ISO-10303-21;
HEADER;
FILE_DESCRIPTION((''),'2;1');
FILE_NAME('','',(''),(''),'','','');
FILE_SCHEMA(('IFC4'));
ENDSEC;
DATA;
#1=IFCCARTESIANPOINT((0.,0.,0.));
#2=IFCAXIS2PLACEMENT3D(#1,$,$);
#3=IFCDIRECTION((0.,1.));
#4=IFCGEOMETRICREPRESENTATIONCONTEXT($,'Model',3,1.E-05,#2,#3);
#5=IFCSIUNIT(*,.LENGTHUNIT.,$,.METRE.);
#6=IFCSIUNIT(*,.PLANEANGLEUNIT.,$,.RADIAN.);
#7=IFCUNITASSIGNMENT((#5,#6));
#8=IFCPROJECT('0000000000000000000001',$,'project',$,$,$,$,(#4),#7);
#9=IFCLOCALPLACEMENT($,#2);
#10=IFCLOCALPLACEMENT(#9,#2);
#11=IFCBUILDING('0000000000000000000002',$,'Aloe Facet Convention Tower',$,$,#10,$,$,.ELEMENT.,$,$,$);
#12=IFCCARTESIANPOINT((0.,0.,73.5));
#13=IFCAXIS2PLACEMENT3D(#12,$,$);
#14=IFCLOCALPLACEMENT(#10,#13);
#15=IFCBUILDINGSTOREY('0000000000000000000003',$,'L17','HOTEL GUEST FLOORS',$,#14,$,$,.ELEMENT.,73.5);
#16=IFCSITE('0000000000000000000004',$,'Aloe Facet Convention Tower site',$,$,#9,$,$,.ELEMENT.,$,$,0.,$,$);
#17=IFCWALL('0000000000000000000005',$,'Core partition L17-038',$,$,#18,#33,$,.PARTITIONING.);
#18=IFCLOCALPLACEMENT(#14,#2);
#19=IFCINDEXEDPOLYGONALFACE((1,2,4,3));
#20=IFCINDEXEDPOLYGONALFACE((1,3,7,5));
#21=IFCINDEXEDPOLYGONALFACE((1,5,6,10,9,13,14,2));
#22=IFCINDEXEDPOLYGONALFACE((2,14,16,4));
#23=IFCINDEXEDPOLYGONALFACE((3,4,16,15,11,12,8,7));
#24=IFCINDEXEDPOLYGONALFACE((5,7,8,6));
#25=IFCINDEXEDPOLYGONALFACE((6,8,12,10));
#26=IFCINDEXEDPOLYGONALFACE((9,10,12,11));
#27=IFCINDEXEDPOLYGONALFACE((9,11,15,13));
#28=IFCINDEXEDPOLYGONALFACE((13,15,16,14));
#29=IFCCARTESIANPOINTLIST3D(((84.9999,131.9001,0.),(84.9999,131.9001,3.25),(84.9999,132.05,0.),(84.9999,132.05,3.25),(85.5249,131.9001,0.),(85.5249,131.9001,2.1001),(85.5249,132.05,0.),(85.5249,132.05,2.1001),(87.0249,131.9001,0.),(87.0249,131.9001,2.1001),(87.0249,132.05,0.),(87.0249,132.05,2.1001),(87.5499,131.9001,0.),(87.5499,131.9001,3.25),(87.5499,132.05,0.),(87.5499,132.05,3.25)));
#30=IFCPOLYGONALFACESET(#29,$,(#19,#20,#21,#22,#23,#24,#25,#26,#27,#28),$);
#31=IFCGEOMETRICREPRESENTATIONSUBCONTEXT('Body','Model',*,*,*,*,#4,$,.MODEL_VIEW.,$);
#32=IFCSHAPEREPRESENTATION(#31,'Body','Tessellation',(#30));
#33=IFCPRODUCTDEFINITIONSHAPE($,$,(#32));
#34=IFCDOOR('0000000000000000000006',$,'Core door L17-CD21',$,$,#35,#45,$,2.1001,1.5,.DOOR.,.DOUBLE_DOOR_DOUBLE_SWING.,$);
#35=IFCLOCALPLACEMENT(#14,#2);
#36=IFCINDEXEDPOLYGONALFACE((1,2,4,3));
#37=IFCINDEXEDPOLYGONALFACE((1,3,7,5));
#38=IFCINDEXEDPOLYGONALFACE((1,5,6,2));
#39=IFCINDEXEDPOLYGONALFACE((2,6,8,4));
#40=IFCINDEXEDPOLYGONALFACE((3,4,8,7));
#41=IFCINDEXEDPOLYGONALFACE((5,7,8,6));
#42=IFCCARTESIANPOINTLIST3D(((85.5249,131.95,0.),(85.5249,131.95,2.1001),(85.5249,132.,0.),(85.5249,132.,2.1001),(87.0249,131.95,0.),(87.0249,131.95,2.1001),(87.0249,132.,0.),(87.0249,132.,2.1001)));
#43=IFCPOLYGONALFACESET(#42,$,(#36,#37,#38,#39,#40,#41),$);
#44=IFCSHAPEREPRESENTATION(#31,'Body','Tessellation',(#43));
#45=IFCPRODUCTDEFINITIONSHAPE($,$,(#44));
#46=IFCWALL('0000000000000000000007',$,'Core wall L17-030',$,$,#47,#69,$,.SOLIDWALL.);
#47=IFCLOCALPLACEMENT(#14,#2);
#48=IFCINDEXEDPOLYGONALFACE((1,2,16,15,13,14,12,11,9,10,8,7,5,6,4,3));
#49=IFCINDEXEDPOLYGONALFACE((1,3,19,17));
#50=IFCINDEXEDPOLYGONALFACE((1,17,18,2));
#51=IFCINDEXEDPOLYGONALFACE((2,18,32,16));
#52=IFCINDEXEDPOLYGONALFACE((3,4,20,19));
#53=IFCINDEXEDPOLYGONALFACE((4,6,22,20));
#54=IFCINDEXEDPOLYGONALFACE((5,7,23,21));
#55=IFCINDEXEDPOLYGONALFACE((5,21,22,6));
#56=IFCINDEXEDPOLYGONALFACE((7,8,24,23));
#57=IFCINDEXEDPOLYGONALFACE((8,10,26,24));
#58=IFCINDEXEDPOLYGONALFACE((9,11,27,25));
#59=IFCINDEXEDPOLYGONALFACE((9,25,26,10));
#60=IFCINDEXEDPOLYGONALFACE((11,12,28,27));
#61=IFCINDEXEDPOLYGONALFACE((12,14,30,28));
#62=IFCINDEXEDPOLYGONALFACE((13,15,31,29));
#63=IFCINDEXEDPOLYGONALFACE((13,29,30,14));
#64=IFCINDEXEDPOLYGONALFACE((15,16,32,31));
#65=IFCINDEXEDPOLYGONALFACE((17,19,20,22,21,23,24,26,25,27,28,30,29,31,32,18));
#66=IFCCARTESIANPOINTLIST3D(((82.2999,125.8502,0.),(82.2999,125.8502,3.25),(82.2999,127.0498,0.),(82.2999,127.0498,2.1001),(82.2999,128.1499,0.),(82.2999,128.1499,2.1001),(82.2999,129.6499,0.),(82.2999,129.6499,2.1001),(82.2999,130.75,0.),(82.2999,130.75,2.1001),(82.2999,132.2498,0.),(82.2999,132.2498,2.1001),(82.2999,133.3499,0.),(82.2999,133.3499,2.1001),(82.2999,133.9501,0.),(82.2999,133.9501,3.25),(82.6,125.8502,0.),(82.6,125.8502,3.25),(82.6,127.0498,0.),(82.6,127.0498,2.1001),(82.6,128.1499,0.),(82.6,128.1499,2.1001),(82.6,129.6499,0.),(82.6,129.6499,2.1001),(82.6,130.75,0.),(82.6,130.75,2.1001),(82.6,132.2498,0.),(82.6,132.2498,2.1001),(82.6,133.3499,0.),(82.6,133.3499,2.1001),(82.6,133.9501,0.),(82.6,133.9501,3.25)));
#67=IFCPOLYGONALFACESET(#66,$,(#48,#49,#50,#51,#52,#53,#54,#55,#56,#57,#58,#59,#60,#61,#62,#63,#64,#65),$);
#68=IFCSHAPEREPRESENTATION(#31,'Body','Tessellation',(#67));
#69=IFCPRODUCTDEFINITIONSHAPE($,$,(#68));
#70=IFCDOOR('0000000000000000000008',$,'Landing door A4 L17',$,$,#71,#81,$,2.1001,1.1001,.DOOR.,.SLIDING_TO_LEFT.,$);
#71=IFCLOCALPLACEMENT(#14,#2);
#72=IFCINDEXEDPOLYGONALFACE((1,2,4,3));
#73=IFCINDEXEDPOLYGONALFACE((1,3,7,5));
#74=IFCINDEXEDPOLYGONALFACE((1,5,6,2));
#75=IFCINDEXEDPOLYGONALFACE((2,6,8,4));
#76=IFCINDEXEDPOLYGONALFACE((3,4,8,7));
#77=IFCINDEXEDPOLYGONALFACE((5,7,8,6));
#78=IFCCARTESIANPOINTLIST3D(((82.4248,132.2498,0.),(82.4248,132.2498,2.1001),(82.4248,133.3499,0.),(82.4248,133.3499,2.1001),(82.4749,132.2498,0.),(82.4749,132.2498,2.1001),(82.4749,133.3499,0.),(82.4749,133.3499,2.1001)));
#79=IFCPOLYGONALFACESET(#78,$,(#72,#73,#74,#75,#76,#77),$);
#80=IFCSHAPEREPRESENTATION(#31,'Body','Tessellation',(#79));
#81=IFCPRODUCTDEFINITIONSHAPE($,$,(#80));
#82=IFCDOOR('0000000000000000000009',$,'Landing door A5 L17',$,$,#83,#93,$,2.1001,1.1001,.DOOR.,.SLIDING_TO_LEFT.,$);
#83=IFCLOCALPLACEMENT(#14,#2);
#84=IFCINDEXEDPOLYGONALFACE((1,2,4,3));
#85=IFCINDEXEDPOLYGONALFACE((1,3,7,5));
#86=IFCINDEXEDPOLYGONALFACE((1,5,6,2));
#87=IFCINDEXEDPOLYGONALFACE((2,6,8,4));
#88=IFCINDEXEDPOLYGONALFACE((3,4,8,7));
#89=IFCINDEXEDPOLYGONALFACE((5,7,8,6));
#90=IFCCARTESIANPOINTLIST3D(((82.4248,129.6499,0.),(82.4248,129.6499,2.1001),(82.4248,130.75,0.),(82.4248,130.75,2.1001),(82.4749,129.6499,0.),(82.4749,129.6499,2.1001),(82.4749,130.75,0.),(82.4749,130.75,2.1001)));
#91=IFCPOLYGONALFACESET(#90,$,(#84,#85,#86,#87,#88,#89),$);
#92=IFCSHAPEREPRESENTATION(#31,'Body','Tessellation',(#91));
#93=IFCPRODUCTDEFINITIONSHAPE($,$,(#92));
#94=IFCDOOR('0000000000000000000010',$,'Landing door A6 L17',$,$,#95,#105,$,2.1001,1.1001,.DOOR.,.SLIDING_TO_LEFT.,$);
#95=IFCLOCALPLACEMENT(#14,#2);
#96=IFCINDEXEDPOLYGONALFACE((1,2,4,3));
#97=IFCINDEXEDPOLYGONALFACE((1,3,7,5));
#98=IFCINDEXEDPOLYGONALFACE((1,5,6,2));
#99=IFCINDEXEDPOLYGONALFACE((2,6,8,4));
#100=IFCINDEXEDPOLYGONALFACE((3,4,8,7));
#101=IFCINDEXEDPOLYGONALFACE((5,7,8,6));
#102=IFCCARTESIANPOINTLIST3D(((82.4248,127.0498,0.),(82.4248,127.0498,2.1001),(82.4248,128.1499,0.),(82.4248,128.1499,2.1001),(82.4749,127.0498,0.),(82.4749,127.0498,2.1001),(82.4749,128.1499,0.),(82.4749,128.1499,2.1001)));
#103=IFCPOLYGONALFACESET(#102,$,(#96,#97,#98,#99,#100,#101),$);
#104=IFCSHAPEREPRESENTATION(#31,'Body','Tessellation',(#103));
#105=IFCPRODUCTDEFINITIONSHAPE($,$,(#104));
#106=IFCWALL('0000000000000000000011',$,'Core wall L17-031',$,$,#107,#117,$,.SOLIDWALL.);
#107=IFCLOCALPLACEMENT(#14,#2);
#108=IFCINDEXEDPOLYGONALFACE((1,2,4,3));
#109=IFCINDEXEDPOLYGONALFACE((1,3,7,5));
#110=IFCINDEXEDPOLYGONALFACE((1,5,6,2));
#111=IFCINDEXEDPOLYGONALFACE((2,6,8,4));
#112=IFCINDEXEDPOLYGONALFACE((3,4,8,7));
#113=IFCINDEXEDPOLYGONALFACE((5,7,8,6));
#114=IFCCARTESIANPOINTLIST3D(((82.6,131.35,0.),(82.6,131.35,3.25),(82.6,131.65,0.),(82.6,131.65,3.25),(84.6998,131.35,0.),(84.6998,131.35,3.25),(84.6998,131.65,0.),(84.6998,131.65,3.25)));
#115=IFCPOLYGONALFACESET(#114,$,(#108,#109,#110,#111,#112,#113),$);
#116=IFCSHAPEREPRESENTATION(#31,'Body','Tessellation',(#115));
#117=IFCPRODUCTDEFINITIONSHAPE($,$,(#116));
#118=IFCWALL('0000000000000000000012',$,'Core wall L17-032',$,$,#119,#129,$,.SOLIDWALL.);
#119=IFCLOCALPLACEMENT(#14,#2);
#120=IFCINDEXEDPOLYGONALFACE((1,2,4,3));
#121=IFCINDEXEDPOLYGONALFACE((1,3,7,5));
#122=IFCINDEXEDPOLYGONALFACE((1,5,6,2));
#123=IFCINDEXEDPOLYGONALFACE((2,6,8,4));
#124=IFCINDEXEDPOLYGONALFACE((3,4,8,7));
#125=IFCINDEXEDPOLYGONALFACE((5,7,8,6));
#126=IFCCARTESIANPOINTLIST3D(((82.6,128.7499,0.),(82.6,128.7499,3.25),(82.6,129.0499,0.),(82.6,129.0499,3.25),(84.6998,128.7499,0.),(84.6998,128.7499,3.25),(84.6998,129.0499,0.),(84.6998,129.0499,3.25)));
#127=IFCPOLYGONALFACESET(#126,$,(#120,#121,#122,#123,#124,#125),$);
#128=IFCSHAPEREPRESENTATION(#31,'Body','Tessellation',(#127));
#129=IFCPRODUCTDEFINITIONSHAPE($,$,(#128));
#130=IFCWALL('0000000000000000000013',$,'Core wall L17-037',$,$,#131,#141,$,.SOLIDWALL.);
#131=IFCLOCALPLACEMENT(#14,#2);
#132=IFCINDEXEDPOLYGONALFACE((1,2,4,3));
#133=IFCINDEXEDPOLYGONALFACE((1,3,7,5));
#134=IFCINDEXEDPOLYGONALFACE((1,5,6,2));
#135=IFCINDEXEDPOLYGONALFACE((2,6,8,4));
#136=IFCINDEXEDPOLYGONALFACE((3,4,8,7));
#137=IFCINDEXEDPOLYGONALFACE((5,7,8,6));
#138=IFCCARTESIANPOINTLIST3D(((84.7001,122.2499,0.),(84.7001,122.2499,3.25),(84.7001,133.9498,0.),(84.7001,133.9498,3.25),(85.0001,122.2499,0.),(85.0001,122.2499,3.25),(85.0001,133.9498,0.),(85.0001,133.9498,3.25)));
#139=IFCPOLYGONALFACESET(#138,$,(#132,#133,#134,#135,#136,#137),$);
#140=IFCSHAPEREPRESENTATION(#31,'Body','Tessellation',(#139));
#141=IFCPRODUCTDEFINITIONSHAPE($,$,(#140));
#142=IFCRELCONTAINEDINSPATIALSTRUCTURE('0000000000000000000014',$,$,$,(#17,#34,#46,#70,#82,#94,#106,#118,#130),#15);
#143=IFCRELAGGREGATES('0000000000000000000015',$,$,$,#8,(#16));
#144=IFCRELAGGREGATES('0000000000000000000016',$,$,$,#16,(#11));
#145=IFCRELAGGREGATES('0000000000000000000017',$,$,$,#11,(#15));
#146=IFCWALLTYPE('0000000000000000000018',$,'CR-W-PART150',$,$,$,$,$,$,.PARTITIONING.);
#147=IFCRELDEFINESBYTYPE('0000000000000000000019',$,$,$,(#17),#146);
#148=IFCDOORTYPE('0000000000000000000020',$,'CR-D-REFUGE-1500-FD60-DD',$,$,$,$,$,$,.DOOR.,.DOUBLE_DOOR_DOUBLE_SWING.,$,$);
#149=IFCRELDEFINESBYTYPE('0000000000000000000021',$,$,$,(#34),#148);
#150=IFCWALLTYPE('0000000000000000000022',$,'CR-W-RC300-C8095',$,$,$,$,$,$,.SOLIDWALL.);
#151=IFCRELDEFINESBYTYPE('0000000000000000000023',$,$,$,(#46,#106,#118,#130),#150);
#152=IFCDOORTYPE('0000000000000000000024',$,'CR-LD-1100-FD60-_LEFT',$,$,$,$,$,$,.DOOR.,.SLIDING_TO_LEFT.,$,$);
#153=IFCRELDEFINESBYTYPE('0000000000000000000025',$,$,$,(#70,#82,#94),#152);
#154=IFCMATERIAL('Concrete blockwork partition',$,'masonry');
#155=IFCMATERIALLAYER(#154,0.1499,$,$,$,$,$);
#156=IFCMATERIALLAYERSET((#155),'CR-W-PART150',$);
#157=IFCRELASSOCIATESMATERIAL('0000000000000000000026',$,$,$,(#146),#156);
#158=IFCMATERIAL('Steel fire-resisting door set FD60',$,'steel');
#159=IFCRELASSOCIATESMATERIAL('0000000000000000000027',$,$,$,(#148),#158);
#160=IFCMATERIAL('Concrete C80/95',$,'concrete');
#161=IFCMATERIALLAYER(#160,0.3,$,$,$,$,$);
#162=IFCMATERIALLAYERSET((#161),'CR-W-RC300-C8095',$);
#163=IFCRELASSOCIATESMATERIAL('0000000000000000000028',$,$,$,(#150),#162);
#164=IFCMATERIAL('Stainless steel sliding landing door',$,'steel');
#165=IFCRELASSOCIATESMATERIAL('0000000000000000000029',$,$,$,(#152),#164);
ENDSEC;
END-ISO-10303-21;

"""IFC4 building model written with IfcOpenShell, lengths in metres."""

from ifc_helpers import new_model, si_unit, direction, frame, frame_2d, origin, place, context, subcontext, project, spatial, rectangle, extrude, material, layer, layer_set, type_object, element, fill, save


model = new_model("IFC4")

# Units and contexts
model_context = context("Model", 3, precision=1e-05, world=origin(), true_north=direction((0.0, 1.0)))
body_context = subcontext(model_context, "Body", "Model", "MODEL_VIEW")
ifc_project = project(units=[si_unit("LENGTHUNIT", "METRE"), si_unit("PLANEANGLEUNIT", "RADIAN")], contexts=[model_context])

# Site, building, storey
site_placement = place(None, origin())
site = spatial("IfcSite", under=ifc_project, at=site_placement, Name="Aloe Facet Convention Tower site", CompositionType="ELEMENT", RefElevation=0.0)
building_placement = place(site_placement, origin())
building = spatial("IfcBuilding", under=site, at=building_placement, Name="Aloe Facet Convention Tower", CompositionType="ELEMENT")
storey_placement = place(building_placement, frame((0.0, 0.0, 73.5)))
storey = spatial("IfcBuildingStorey", under=building, at=storey_placement, Name="L17", Description="HOTEL GUEST FLOORS", CompositionType="ELEMENT", Elevation=73.5)

# Wall, opening, door
ifc_material_1 = material(Name="Concrete blockwork partition", Category="masonry")
ifc_layer_1 = layer(ifc_material_1, 0.1499)
ifc_layer_set_1 = layer_set([ifc_layer_1], Name="CR-W-PART150")
wall_type_1 = type_object("IfcWallType", Name="CR-W-PART150", PredefinedType="PARTITIONING", material=ifc_layer_set_1)
wall_1_placement = place(storey_placement, frame((85.0, 131.9751, 0.0), z_axis=(0.0, 0.0, 1.0), x_axis=(1.0, 0.0, 0.0)))
wall_1 = element("IfcWall", 1, at=wall_1_placement, inside=storey, type_object=wall_type_1, Name="Core partition L17-038", PredefinedType="PARTITIONING", context=body_context, shape_type="SweptSolid", body=[
    extrude(rectangle(XDim=2.55, YDim=0.1499, at=frame_2d((1.2749, 0.0))), origin(), (0.0, 0.0, 1.0), 3.25),
])
opening_1_placement = place(wall_1_placement, frame((0.5249, 0.0, 0.0)))
opening_1 = element("IfcOpeningElement", 2, at=opening_1_placement, cuts=wall_1, PredefinedType="OPENING", context=body_context, shape_type="SweptSolid", body=[
    extrude(rectangle(XDim=1.5, YDim=2.1001, at=frame_2d((0.75, 1.05))), frame((0.0, 0.085, 0.0), z_axis=(0.0, -1.0, 0.0), x_axis=(1.0, 0.0, 0.0)), (0.0, 0.0, 1.0), 0.1699),
])
ifc_material_2 = material(Name="Steel fire-resisting door set FD60", Category="steel")
door_type_1 = type_object("IfcDoorType", Name="CR-D-REFUGE-1500-FD60-DD", OperationType="DOUBLE_DOOR_DOUBLE_SWING", PredefinedType="DOOR", material=ifc_material_2)
door_1_placement = place(opening_1_placement, origin())
door_1 = element("IfcDoor", 3, at=door_1_placement, inside=storey, type_object=door_type_1, Name="Core door L17-CD21", OperationType="DOUBLE_DOOR_DOUBLE_SWING", OverallHeight=2.1001, OverallWidth=1.5, PredefinedType="DOOR", context=body_context, shape_type="SweptSolid", body=[
    extrude(rectangle(XDim=1.5, YDim=2.1001, at=frame_2d((0.75, 1.05))), frame((0.0, 0.0249, 0.0), z_axis=(0.0, -1.0, 0.0), x_axis=(1.0, 0.0, 0.0)), (0.0, 0.0, 1.0), 0.05),
])
fill(opening_1, door_1)

# Wall, openings, doors
ifc_material_3 = material(Name="Concrete C80/95", Category="concrete")
ifc_layer_2 = layer(ifc_material_3, 0.3)
ifc_layer_set_2 = layer_set([ifc_layer_2], Name="CR-W-RC300-C8095")
wall_type_2 = type_object("IfcWallType", Name="CR-W-RC300-C8095", PredefinedType="SOLIDWALL", material=ifc_layer_set_2)
wall_2_placement = place(storey_placement, frame((82.45, 133.95, 0.0), z_axis=(0.0, 0.0, 1.0), x_axis=(0.0, -1.0, 0.0)))
wall_2 = element("IfcWall", 4, at=wall_2_placement, inside=storey, type_object=wall_type_2, Name="Core wall L17-030", PredefinedType="SOLIDWALL", context=body_context, shape_type="SweptSolid", body=[
    extrude(rectangle(XDim=8.0999, YDim=0.3, at=frame_2d((4.0498, 0.0))), origin(), (0.0, 0.0, 1.0), 3.25),
])
opening_2_placement = place(wall_2_placement, frame((0.6001, 0.0, 0.0)))
opening_2 = element("IfcOpeningElement", 5, at=opening_2_placement, cuts=wall_2, PredefinedType="OPENING", context=body_context, shape_type="SweptSolid", body=[
    extrude(rectangle(XDim=1.1001, YDim=2.1001, at=frame_2d((0.55, 1.05))), frame((0.0, 0.1602, 0.0), z_axis=(0.0, -1.0, 0.0), x_axis=(1.0, 0.0, 0.0)), (0.0, 0.0, 1.0), 0.3201),
])
opening_3_placement = place(wall_2_placement, frame((3.2, 0.0, 0.0)))
opening_3 = element("IfcOpeningElement", 6, at=opening_3_placement, cuts=wall_2, PredefinedType="OPENING", context=body_context, shape_type="SweptSolid", body=[
    extrude(rectangle(XDim=1.1001, YDim=2.1001, at=frame_2d((0.55, 1.05))), frame((0.0, 0.1602, 0.0), z_axis=(0.0, -1.0, 0.0), x_axis=(1.0, 0.0, 0.0)), (0.0, 0.0, 1.0), 0.3201),
])
opening_4_placement = place(wall_2_placement, frame((5.8, 0.0, 0.0)))
opening_4 = element("IfcOpeningElement", 7, at=opening_4_placement, cuts=wall_2, PredefinedType="OPENING", context=body_context, shape_type="SweptSolid", body=[
    extrude(rectangle(XDim=1.1001, YDim=2.1001, at=frame_2d((0.55, 1.05))), frame((0.0, 0.1602, 0.0), z_axis=(0.0, -1.0, 0.0), x_axis=(1.0, 0.0, 0.0)), (0.0, 0.0, 1.0), 0.3201),
])
ifc_material_4 = material(Name="Stainless steel sliding landing door", Category="steel")
door_type_2 = type_object("IfcDoorType", Name="CR-LD-1100-FD60-_LEFT", OperationType="SLIDING_TO_LEFT", PredefinedType="DOOR", material=ifc_material_4)
door_2_placement = place(opening_2_placement, origin())
door_2 = element("IfcDoor", 8, at=door_2_placement, inside=storey, type_object=door_type_2, Name="Landing door A4 L17", OperationType="SLIDING_TO_LEFT", OverallHeight=2.1001, OverallWidth=1.1001, PredefinedType="DOOR", context=body_context, shape_type="SweptSolid", body=[
    extrude(rectangle(XDim=1.1001, YDim=2.1001, at=frame_2d((0.55, 1.05))), frame((0.0, 0.0249, 0.0), z_axis=(0.0, -1.0, 0.0), x_axis=(1.0, 0.0, 0.0)), (0.0, 0.0, 1.0), 0.05),
])
fill(opening_2, door_2)
door_3_placement = place(opening_3_placement, origin())
door_3 = element("IfcDoor", 9, at=door_3_placement, inside=storey, type_object=door_type_2, Name="Landing door A5 L17", OperationType="SLIDING_TO_LEFT", OverallHeight=2.1001, OverallWidth=1.1001, PredefinedType="DOOR", context=body_context, shape_type="SweptSolid", body=[
    extrude(rectangle(XDim=1.1001, YDim=2.1001, at=frame_2d((0.55, 1.05))), frame((0.0, 0.0249, 0.0), z_axis=(0.0, -1.0, 0.0), x_axis=(1.0, 0.0, 0.0)), (0.0, 0.0, 1.0), 0.05),
])
fill(opening_3, door_3)
door_4_placement = place(opening_4_placement, origin())
door_4 = element("IfcDoor", 10, at=door_4_placement, inside=storey, type_object=door_type_2, Name="Landing door A6 L17", OperationType="SLIDING_TO_LEFT", OverallHeight=2.1001, OverallWidth=1.1001, PredefinedType="DOOR", context=body_context, shape_type="SweptSolid", body=[
    extrude(rectangle(XDim=1.1001, YDim=2.1001, at=frame_2d((0.55, 1.05))), frame((0.0, 0.0249, 0.0), z_axis=(0.0, -1.0, 0.0), x_axis=(1.0, 0.0, 0.0)), (0.0, 0.0, 1.0), 0.05),
])
fill(opening_4, door_4)

# Walls
for number, where, z_axis, x_axis, name in (
    (11, (82.6001, 131.5, 0.0), (0.0, 0.0, 1.0), (1.0, 0.0, 0.0), "Core wall L17-031"),
    (12, (82.6001, 128.8999, 0.0), (0.0, 0.0, 1.0), (1.0, 0.0, 0.0), "Core wall L17-032"),
):
    element("IfcWall", number, at=place(storey_placement, frame(where, z_axis=z_axis, x_axis=x_axis)), inside=storey, type_object=wall_type_2, Name=name, PredefinedType="SOLIDWALL", context=body_context, shape_type="SweptSolid", body=[
        extrude(rectangle(XDim=2.0999, YDim=0.3, at=frame_2d((1.0498, 0.0))), origin(), (0.0, 0.0, 1.0), 3.25),
    ])
wall_3_placement = place(storey_placement, frame((84.8501, 133.95, 0.0), z_axis=(0.0, 0.0, 1.0), x_axis=(0.0, -1.0, 0.0)))
element("IfcWall", 13, at=wall_3_placement, inside=storey, type_object=wall_type_2, Name="Core wall L17-037", PredefinedType="SOLIDWALL", context=body_context, shape_type="SweptSolid", body=[
    extrude(rectangle(XDim=11.7, YDim=0.3, at=frame_2d((5.8501, 0.0))), origin(), (0.0, 0.0, 1.0), 3.25),
])

save(model, "model.ifc")
